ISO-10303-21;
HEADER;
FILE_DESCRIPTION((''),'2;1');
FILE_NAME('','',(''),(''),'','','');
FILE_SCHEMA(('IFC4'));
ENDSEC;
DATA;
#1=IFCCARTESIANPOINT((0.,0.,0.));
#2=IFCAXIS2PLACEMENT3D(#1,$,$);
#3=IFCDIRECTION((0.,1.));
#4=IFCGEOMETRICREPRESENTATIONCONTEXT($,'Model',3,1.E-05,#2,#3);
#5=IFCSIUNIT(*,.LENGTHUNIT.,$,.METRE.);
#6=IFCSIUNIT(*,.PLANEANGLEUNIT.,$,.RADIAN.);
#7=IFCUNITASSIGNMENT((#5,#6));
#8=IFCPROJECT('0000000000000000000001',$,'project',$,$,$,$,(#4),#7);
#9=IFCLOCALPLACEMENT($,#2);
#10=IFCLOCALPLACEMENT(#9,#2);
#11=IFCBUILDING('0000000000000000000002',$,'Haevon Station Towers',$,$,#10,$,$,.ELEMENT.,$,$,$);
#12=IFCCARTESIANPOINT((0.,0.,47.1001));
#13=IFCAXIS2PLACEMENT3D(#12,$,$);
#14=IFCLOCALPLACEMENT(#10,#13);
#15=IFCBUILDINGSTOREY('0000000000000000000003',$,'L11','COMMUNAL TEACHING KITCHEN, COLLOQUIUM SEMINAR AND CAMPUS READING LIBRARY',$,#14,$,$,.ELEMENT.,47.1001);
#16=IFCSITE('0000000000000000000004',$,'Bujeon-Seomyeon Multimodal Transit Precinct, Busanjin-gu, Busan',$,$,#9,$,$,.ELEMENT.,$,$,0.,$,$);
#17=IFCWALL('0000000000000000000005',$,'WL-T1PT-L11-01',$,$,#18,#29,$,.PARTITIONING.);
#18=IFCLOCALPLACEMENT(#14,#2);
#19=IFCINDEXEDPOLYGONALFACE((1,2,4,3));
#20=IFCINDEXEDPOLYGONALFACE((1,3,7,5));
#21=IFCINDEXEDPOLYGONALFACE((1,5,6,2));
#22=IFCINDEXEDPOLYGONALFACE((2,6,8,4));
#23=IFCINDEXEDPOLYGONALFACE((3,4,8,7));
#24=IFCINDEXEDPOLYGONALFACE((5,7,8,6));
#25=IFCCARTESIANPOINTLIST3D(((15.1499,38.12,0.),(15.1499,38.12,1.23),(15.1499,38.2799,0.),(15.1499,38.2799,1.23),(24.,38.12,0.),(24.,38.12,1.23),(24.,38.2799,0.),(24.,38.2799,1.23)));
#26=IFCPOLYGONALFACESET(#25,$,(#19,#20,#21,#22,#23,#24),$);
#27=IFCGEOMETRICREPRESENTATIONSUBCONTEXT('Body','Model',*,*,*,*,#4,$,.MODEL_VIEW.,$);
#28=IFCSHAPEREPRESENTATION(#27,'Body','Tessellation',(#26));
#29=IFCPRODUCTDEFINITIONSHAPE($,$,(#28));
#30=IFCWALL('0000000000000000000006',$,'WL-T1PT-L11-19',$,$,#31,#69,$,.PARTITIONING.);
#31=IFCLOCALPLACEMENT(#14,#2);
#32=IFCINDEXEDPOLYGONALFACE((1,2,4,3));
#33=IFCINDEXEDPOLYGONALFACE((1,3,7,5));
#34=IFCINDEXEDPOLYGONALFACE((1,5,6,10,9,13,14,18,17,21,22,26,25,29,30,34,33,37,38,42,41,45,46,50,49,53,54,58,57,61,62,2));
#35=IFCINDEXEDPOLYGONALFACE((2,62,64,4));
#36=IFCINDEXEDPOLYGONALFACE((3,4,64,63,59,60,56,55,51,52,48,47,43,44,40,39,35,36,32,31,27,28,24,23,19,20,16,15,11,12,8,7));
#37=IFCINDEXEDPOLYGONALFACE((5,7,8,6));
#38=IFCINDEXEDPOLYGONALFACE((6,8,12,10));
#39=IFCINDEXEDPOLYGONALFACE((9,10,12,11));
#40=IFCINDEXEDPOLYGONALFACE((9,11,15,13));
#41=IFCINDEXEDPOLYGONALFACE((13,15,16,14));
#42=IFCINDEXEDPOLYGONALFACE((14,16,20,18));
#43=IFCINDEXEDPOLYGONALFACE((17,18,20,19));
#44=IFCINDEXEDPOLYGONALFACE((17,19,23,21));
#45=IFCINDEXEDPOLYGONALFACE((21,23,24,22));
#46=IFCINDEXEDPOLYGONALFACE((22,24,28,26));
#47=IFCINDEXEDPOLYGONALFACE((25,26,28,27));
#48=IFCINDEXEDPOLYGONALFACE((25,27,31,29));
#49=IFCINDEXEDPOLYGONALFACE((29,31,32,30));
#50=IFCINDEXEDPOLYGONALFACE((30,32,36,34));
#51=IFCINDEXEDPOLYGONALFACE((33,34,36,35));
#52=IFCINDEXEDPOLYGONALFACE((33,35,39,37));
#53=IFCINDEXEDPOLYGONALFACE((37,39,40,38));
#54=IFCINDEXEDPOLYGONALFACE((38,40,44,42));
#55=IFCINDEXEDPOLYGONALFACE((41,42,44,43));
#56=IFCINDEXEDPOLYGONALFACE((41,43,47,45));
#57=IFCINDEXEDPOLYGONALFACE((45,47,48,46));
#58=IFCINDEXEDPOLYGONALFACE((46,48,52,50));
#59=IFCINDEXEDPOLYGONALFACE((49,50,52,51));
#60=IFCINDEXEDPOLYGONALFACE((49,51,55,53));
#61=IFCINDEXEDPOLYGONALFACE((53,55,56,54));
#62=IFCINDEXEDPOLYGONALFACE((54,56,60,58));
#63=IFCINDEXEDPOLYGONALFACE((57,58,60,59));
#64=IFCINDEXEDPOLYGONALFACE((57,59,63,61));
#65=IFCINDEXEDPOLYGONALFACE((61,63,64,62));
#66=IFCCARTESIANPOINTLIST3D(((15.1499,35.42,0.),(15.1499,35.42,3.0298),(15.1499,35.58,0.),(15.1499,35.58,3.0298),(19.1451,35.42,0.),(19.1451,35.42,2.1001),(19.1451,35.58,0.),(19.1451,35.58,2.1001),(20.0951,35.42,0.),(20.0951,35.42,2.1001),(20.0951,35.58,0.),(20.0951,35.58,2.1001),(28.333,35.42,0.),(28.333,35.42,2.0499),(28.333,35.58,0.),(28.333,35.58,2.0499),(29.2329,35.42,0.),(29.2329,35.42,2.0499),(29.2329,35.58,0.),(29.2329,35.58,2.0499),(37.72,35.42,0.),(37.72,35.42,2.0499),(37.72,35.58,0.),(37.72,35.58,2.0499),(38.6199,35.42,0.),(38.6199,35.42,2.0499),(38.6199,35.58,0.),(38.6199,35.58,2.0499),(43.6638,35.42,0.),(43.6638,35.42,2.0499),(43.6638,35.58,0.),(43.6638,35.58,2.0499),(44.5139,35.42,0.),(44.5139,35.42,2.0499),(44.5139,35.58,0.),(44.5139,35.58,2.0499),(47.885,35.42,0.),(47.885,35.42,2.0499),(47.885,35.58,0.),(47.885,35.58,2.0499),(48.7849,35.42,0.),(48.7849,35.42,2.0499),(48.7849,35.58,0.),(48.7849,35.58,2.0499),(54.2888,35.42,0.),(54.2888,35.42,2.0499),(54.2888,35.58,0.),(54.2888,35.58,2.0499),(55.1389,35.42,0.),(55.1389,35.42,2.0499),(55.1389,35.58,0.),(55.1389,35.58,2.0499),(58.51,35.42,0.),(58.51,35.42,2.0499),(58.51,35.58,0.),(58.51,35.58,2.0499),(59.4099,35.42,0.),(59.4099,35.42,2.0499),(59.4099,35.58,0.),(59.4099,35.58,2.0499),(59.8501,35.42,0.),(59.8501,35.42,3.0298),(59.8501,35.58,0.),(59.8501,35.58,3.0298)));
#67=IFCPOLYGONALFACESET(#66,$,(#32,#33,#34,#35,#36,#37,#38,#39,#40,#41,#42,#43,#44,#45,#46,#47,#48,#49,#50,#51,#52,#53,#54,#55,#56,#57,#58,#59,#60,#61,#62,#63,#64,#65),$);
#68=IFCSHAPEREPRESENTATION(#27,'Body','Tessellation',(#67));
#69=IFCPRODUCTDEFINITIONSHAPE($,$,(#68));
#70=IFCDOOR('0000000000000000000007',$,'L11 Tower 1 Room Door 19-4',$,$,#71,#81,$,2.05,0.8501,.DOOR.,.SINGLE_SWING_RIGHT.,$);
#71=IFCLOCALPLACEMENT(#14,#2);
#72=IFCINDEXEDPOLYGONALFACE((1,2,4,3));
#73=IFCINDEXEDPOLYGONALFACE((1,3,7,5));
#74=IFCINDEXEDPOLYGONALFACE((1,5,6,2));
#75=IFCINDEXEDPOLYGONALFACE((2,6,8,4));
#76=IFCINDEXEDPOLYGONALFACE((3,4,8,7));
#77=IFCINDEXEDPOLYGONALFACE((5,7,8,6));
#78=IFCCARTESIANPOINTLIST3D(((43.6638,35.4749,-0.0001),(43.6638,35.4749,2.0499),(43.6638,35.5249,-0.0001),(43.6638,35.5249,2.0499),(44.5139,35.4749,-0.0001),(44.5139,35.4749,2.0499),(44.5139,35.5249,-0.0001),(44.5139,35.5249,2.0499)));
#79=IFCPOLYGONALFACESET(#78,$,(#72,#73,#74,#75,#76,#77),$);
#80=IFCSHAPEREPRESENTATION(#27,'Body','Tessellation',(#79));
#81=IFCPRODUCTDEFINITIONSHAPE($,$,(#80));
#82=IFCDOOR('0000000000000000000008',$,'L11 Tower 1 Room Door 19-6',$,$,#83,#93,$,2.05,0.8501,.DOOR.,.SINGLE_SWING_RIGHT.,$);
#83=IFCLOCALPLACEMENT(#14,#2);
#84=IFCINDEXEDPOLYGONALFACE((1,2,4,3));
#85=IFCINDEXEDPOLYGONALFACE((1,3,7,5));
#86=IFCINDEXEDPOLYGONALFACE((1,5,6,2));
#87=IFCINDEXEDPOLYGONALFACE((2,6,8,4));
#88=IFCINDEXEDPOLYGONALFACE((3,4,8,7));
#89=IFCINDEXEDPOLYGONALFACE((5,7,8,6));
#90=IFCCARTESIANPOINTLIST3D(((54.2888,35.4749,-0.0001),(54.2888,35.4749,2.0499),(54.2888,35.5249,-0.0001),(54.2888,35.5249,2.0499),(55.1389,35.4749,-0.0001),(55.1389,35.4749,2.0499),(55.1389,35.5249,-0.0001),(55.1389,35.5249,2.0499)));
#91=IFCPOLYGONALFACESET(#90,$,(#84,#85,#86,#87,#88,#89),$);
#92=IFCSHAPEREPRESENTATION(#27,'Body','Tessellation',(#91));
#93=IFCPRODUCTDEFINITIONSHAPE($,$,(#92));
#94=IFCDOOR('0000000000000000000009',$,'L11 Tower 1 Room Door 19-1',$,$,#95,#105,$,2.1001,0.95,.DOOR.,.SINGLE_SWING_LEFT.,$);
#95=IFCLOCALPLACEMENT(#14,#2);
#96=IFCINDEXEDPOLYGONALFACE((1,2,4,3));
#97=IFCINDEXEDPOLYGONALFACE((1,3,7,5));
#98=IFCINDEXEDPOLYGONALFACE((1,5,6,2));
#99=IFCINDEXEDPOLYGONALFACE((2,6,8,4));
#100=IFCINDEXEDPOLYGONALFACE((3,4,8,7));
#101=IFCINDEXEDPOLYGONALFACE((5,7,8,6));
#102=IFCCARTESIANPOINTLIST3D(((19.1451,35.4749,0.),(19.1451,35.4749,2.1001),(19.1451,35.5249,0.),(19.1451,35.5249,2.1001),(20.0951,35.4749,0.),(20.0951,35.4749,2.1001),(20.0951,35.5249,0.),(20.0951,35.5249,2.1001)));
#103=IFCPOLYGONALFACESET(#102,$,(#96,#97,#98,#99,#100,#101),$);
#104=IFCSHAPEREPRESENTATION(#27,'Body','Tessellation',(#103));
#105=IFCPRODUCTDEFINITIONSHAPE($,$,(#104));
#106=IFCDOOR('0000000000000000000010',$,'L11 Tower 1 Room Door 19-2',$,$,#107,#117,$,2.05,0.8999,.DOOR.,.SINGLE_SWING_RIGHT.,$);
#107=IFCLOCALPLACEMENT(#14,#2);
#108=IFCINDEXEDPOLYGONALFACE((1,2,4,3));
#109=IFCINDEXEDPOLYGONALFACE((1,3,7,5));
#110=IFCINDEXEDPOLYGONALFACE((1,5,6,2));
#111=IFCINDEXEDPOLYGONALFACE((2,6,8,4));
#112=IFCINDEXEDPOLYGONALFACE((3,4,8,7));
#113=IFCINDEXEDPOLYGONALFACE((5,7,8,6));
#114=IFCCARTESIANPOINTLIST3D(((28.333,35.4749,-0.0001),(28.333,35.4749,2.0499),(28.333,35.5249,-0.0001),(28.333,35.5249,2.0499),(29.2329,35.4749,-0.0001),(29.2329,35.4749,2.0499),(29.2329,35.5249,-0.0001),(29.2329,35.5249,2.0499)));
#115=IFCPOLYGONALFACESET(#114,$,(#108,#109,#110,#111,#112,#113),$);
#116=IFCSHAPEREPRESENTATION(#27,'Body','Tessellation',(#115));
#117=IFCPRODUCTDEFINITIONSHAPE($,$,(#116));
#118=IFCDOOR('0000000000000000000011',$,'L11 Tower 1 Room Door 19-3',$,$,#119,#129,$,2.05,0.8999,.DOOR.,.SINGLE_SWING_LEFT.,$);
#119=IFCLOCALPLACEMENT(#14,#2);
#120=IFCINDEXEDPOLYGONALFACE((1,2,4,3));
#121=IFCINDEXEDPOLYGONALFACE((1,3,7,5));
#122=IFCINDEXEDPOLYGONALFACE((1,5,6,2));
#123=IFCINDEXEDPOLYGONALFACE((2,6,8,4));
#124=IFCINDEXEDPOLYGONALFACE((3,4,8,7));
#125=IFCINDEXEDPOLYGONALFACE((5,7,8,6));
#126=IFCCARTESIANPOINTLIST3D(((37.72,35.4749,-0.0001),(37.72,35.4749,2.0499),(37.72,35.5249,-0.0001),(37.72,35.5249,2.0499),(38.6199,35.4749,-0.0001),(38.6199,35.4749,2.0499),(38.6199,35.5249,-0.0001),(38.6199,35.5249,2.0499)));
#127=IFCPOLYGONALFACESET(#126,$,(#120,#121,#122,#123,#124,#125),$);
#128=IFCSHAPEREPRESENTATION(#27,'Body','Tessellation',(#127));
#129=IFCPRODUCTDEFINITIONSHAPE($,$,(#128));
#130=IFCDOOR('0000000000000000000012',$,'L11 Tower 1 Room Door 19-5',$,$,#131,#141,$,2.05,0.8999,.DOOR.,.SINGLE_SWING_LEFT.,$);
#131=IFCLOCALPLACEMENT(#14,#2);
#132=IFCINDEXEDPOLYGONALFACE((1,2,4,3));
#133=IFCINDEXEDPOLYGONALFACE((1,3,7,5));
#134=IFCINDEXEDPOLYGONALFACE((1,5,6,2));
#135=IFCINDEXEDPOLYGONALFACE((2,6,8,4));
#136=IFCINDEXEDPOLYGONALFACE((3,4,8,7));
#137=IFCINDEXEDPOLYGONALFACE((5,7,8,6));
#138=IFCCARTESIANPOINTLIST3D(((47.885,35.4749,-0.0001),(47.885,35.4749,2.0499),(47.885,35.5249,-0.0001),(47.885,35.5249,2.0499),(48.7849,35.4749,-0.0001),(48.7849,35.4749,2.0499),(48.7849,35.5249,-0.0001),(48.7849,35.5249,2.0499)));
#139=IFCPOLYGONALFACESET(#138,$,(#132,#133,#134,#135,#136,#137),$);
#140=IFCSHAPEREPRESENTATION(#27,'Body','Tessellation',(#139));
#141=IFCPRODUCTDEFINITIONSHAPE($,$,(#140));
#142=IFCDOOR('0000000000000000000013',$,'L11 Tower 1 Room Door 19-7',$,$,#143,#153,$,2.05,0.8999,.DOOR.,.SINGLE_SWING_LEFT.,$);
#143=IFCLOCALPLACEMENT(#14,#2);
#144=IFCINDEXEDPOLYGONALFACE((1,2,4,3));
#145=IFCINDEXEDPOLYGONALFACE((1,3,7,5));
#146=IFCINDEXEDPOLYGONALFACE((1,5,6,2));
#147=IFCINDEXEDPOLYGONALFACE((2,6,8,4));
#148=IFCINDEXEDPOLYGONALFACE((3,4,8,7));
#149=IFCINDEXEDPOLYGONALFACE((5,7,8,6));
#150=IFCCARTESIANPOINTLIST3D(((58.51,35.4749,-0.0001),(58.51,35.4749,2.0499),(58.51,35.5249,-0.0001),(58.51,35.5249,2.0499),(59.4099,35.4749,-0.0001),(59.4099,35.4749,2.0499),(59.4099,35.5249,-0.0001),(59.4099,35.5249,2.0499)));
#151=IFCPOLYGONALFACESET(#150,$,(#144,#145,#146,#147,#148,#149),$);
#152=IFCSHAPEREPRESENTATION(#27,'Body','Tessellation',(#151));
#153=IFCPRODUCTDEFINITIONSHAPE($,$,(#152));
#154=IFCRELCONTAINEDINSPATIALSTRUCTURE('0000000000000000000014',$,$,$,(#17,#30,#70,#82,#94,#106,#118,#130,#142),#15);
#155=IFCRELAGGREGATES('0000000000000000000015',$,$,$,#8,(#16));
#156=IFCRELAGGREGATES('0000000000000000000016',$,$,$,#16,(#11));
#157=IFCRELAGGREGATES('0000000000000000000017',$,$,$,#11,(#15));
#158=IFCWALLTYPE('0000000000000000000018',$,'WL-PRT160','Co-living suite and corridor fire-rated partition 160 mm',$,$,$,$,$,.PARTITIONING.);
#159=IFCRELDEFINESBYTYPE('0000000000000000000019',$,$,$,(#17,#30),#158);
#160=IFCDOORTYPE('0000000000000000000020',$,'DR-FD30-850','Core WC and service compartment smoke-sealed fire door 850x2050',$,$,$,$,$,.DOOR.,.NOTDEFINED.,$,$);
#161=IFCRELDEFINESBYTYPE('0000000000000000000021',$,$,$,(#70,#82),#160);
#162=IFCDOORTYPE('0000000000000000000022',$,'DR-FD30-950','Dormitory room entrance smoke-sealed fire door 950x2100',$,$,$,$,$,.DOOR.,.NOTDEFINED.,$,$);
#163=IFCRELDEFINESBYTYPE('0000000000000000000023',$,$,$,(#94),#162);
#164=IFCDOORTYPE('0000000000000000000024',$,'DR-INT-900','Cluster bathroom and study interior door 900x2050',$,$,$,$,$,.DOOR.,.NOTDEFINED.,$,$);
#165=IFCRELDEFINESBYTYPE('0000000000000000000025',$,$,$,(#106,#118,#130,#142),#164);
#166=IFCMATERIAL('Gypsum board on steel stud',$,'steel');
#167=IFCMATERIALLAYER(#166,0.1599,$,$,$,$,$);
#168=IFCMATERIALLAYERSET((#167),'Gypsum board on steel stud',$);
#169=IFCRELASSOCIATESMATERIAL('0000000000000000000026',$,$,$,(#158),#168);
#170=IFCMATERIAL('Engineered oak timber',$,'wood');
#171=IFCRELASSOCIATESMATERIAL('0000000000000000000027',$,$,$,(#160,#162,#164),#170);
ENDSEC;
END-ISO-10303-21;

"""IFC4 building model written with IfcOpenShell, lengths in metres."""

from ifc_helpers import new_model, si_unit, direction, frame, frame_2d, origin, place, context, subcontext, project, spatial, rectangle, extrude, material, layer, layer_set, type_object, element, fill, save


model = new_model("IFC4")

# Units and contexts
model_context = context("Model", 3, precision=1e-05, world=origin(), true_north=direction((0.0, 1.0)))
body_context = subcontext(model_context, "Body", "Model", "MODEL_VIEW")
ifc_project = project(units=[si_unit("LENGTHUNIT", "METRE"), si_unit("PLANEANGLEUNIT", "RADIAN")], contexts=[model_context])

# Site, building, storey
site_placement = place(None, origin())
site = spatial("IfcSite", under=ifc_project, at=site_placement, Name="Bujeon-Seomyeon Multimodal Transit Precinct, Busanjin-gu, Busan", CompositionType="ELEMENT", RefElevation=0.0)
building_placement = place(site_placement, origin())
building = spatial("IfcBuilding", under=site, at=building_placement, Name="Haevon Station Towers", CompositionType="ELEMENT")
storey_placement = place(building_placement, frame((0.0, 0.0, 47.1001)))
storey = spatial("IfcBuildingStorey", under=building, at=storey_placement, Name="L11", Description="COMMUNAL TEACHING KITCHEN, COLLOQUIUM SEMINAR AND CAMPUS READING LIBRARY", CompositionType="ELEMENT", Elevation=47.1001)

# Wall
ifc_material_1 = material(Name="Gypsum board on steel stud", Category="steel")
ifc_layer_1 = layer(ifc_material_1, 0.1599)
ifc_layer_set_1 = layer_set([ifc_layer_1], Name="Gypsum board on steel stud")
wall_type_1 = type_object("IfcWallType", Name="WL-PRT160", Description="Co-living suite and corridor fire-rated partition 160 mm", PredefinedType="PARTITIONING", material=ifc_layer_set_1)
wall_1_placement = place(storey_placement, frame((15.1499, 38.2, 0.0), z_axis=(0.0, 0.0, 1.0), x_axis=(1.0, 0.0, 0.0)))
element("IfcWall", 1, at=wall_1_placement, inside=storey, type_object=wall_type_1, Name="WL-T1PT-L11-01", PredefinedType="PARTITIONING", context=body_context, shape_type="SweptSolid", body=[
    extrude(rectangle(XDim=8.8501, YDim=0.1599, at=frame_2d((4.425, 0.0))), origin(), (0.0, 0.0, 1.0), 1.23),
])

# Wall, openings, doors
wall_2_placement = place(storey_placement, frame((15.1499, 35.5, 0.0), z_axis=(0.0, 0.0, 1.0), x_axis=(1.0, 0.0, 0.0)))
wall_2 = element("IfcWall", 2, at=wall_2_placement, inside=storey, type_object=wall_type_1, Name="WL-T1PT-L11-19", PredefinedType="PARTITIONING", context=body_context, shape_type="SweptSolid", body=[
    extrude(rectangle(XDim=44.7002, YDim=0.1599, at=frame_2d((22.3501, 0.0))), origin(), (0.0, 0.0, 1.0), 3.0298),
])
opening_1_placement = place(wall_2_placement, frame((3.9951, 0.0, 0.0)))
opening_1 = element("IfcOpeningElement", 3, at=opening_1_placement, cuts=wall_2, PredefinedType="OPENING", context=body_context, shape_type="SweptSolid", body=[
    extrude(rectangle(XDim=0.95, YDim=2.1001, at=frame_2d((0.4751, 1.05))), frame((0.0, 0.0898, 0.0), z_axis=(0.0, -1.0, 0.0), x_axis=(1.0, 0.0, 0.0)), (0.0, 0.0, 1.0), 0.1799),
])
opening_2_placement = place(wall_2_placement, frame((13.1831, 0.0, 0.0)))
opening_2 = element("IfcOpeningElement", 4, at=opening_2_placement, cuts=wall_2, PredefinedType="OPENING", context=body_context, shape_type="SweptSolid", body=[
    extrude(rectangle(XDim=0.8999, YDim=2.05, at=frame_2d((0.45, 1.0249))), frame((0.0, 0.0898, 0.0), z_axis=(0.0, -1.0, 0.0), x_axis=(1.0, 0.0, 0.0)), (0.0, 0.0, 1.0), 0.1799),
])
opening_3_placement = place(wall_2_placement, frame((22.5701, 0.0, 0.0)))
opening_3 = element("IfcOpeningElement", 5, at=opening_3_placement, cuts=wall_2, PredefinedType="OPENING", context=body_context, shape_type="SweptSolid", body=[
    extrude(rectangle(XDim=0.8999, YDim=2.05, at=frame_2d((0.45, 1.0249))), frame((0.0, 0.0898, 0.0), z_axis=(0.0, -1.0, 0.0), x_axis=(1.0, 0.0, 0.0)), (0.0, 0.0, 1.0), 0.1799),
])
opening_4_placement = place(wall_2_placement, frame((28.5139, 0.0, 0.0)))
opening_4 = element("IfcOpeningElement", 6, at=opening_4_placement, cuts=wall_2, PredefinedType="OPENING", context=body_context, shape_type="SweptSolid", body=[
    extrude(rectangle(XDim=0.8501, YDim=2.05, at=frame_2d((0.425, 1.0249))), frame((0.0, 0.0898, 0.0), z_axis=(0.0, -1.0, 0.0), x_axis=(1.0, 0.0, 0.0)), (0.0, 0.0, 1.0), 0.1799),
])
opening_5_placement = place(wall_2_placement, frame((32.7351, 0.0, 0.0)))
opening_5 = element("IfcOpeningElement", 7, at=opening_5_placement, cuts=wall_2, PredefinedType="OPENING", context=body_context, shape_type="SweptSolid", body=[
    extrude(rectangle(XDim=0.8999, YDim=2.05, at=frame_2d((0.45, 1.0249))), frame((0.0, 0.0898, 0.0), z_axis=(0.0, -1.0, 0.0), x_axis=(1.0, 0.0, 0.0)), (0.0, 0.0, 1.0), 0.1799),
])
opening_6_placement = place(wall_2_placement, frame((39.1389, 0.0, 0.0)))
opening_6 = element("IfcOpeningElement", 8, at=opening_6_placement, cuts=wall_2, PredefinedType="OPENING", context=body_context, shape_type="SweptSolid", body=[
    extrude(rectangle(XDim=0.8501, YDim=2.05, at=frame_2d((0.425, 1.0249))), frame((0.0, 0.0898, 0.0), z_axis=(0.0, -1.0, 0.0), x_axis=(1.0, 0.0, 0.0)), (0.0, 0.0, 1.0), 0.1799),
])
opening_7_placement = place(wall_2_placement, frame((43.3601, 0.0, 0.0)))
opening_7 = element("IfcOpeningElement", 9, at=opening_7_placement, cuts=wall_2, PredefinedType="OPENING", context=body_context, shape_type="SweptSolid", body=[
    extrude(rectangle(XDim=0.8999, YDim=2.05, at=frame_2d((0.45, 1.0249))), frame((0.0, 0.0898, 0.0), z_axis=(0.0, -1.0, 0.0), x_axis=(1.0, 0.0, 0.0)), (0.0, 0.0, 1.0), 0.1799),
])
ifc_material_2 = material(Name="Engineered oak timber", Category="wood")
door_type_1 = type_object("IfcDoorType", Name="DR-FD30-850", Description="Core WC and service compartment smoke-sealed fire door 850x2050", OperationType="NOTDEFINED", PredefinedType="DOOR", material=ifc_material_2)
door_1_placement = place(opening_4_placement, origin())
door_1 = element("IfcDoor", 10, at=door_1_placement, inside=storey, type_object=door_type_1, Name="L11 Tower 1 Room Door 19-4", OperationType="SINGLE_SWING_RIGHT", OverallHeight=2.05, OverallWidth=0.8501, PredefinedType="DOOR", context=body_context, shape_type="SweptSolid", body=[
    extrude(rectangle(XDim=0.8501, YDim=2.05, at=frame_2d((0.425, 1.0249))), frame((0.0, 0.0249, 0.0), z_axis=(0.0, -1.0, 0.0), x_axis=(1.0, 0.0, 0.0)), (0.0, 0.0, 1.0), 0.05),
])
fill(opening_4, door_1)
door_2_placement = place(opening_6_placement, origin())
door_2 = element("IfcDoor", 11, at=door_2_placement, inside=storey, type_object=door_type_1, Name="L11 Tower 1 Room Door 19-6", OperationType="SINGLE_SWING_RIGHT", OverallHeight=2.05, OverallWidth=0.8501, PredefinedType="DOOR", context=body_context, shape_type="SweptSolid", body=[
    extrude(rectangle(XDim=0.8501, YDim=2.05, at=frame_2d((0.425, 1.0249))), frame((0.0, 0.0249, 0.0), z_axis=(0.0, -1.0, 0.0), x_axis=(1.0, 0.0, 0.0)), (0.0, 0.0, 1.0), 0.05),
])
fill(opening_6, door_2)
door_type_2 = type_object("IfcDoorType", Name="DR-FD30-950", Description="Dormitory room entrance smoke-sealed fire door 950x2100", OperationType="NOTDEFINED", PredefinedType="DOOR", material=ifc_material_2)
door_3_placement = place(opening_1_placement, origin())
door_3 = element("IfcDoor", 12, at=door_3_placement, inside=storey, type_object=door_type_2, Name="L11 Tower 1 Room Door 19-1", OperationType="SINGLE_SWING_LEFT", OverallHeight=2.1001, OverallWidth=0.95, PredefinedType="DOOR", context=body_context, shape_type="SweptSolid", body=[
    extrude(rectangle(XDim=0.95, YDim=2.1001, at=frame_2d((0.4751, 1.05))), frame((0.0, 0.0249, 0.0), z_axis=(0.0, -1.0, 0.0), x_axis=(1.0, 0.0, 0.0)), (0.0, 0.0, 1.0), 0.05),
])
fill(opening_1, door_3)
door_type_3 = type_object("IfcDoorType", Name="DR-INT-900", Description="Cluster bathroom and study interior door 900x2050", OperationType="NOTDEFINED", PredefinedType="DOOR", material=ifc_material_2)
door_4_placement = place(opening_2_placement, origin())
door_4 = element("IfcDoor", 13, at=door_4_placement, inside=storey, type_object=door_type_3, Name="L11 Tower 1 Room Door 19-2", OperationType="SINGLE_SWING_RIGHT", OverallHeight=2.05, OverallWidth=0.8999, PredefinedType="DOOR", context=body_context, shape_type="SweptSolid", body=[
    extrude(rectangle(XDim=0.8999, YDim=2.05, at=frame_2d((0.45, 1.0249))), frame((0.0, 0.0249, 0.0), z_axis=(0.0, -1.0, 0.0), x_axis=(1.0, 0.0, 0.0)), (0.0, 0.0, 1.0), 0.05),
])
fill(opening_2, door_4)
door_5_placement = place(opening_3_placement, origin())
door_5 = element("IfcDoor", 14, at=door_5_placement, inside=storey, type_object=door_type_3, Name="L11 Tower 1 Room Door 19-3", OperationType="SINGLE_SWING_LEFT", OverallHeight=2.05, OverallWidth=0.8999, PredefinedType="DOOR", context=body_context, shape_type="SweptSolid", body=[
    extrude(rectangle(XDim=0.8999, YDim=2.05, at=frame_2d((0.45, 1.0249))), frame((0.0, 0.0249, 0.0), z_axis=(0.0, -1.0, 0.0), x_axis=(1.0, 0.0, 0.0)), (0.0, 0.0, 1.0), 0.05),
])
fill(opening_3, door_5)
door_6_placement = place(opening_5_placement, origin())
door_6 = element("IfcDoor", 15, at=door_6_placement, inside=storey, type_object=door_type_3, Name="L11 Tower 1 Room Door 19-5", OperationType="SINGLE_SWING_LEFT", OverallHeight=2.05, OverallWidth=0.8999, PredefinedType="DOOR", context=body_context, shape_type="SweptSolid", body=[
    extrude(rectangle(XDim=0.8999, YDim=2.05, at=frame_2d((0.45, 1.0249))), frame((0.0, 0.0249, 0.0), z_axis=(0.0, -1.0, 0.0), x_axis=(1.0, 0.0, 0.0)), (0.0, 0.0, 1.0), 0.05),
])
fill(opening_5, door_6)
door_7_placement = place(opening_7_placement, origin())
door_7 = element("IfcDoor", 16, at=door_7_placement, inside=storey, type_object=door_type_3, Name="L11 Tower 1 Room Door 19-7", OperationType="SINGLE_SWING_LEFT", OverallHeight=2.05, OverallWidth=0.8999, PredefinedType="DOOR", context=body_context, shape_type="SweptSolid", body=[
    extrude(rectangle(XDim=0.8999, YDim=2.05, at=frame_2d((0.45, 1.0249))), frame((0.0, 0.0249, 0.0), z_axis=(0.0, -1.0, 0.0), x_axis=(1.0, 0.0, 0.0)), (0.0, 0.0, 1.0), 0.05),
])
fill(opening_7, door_7)

save(model, "model.ifc")
